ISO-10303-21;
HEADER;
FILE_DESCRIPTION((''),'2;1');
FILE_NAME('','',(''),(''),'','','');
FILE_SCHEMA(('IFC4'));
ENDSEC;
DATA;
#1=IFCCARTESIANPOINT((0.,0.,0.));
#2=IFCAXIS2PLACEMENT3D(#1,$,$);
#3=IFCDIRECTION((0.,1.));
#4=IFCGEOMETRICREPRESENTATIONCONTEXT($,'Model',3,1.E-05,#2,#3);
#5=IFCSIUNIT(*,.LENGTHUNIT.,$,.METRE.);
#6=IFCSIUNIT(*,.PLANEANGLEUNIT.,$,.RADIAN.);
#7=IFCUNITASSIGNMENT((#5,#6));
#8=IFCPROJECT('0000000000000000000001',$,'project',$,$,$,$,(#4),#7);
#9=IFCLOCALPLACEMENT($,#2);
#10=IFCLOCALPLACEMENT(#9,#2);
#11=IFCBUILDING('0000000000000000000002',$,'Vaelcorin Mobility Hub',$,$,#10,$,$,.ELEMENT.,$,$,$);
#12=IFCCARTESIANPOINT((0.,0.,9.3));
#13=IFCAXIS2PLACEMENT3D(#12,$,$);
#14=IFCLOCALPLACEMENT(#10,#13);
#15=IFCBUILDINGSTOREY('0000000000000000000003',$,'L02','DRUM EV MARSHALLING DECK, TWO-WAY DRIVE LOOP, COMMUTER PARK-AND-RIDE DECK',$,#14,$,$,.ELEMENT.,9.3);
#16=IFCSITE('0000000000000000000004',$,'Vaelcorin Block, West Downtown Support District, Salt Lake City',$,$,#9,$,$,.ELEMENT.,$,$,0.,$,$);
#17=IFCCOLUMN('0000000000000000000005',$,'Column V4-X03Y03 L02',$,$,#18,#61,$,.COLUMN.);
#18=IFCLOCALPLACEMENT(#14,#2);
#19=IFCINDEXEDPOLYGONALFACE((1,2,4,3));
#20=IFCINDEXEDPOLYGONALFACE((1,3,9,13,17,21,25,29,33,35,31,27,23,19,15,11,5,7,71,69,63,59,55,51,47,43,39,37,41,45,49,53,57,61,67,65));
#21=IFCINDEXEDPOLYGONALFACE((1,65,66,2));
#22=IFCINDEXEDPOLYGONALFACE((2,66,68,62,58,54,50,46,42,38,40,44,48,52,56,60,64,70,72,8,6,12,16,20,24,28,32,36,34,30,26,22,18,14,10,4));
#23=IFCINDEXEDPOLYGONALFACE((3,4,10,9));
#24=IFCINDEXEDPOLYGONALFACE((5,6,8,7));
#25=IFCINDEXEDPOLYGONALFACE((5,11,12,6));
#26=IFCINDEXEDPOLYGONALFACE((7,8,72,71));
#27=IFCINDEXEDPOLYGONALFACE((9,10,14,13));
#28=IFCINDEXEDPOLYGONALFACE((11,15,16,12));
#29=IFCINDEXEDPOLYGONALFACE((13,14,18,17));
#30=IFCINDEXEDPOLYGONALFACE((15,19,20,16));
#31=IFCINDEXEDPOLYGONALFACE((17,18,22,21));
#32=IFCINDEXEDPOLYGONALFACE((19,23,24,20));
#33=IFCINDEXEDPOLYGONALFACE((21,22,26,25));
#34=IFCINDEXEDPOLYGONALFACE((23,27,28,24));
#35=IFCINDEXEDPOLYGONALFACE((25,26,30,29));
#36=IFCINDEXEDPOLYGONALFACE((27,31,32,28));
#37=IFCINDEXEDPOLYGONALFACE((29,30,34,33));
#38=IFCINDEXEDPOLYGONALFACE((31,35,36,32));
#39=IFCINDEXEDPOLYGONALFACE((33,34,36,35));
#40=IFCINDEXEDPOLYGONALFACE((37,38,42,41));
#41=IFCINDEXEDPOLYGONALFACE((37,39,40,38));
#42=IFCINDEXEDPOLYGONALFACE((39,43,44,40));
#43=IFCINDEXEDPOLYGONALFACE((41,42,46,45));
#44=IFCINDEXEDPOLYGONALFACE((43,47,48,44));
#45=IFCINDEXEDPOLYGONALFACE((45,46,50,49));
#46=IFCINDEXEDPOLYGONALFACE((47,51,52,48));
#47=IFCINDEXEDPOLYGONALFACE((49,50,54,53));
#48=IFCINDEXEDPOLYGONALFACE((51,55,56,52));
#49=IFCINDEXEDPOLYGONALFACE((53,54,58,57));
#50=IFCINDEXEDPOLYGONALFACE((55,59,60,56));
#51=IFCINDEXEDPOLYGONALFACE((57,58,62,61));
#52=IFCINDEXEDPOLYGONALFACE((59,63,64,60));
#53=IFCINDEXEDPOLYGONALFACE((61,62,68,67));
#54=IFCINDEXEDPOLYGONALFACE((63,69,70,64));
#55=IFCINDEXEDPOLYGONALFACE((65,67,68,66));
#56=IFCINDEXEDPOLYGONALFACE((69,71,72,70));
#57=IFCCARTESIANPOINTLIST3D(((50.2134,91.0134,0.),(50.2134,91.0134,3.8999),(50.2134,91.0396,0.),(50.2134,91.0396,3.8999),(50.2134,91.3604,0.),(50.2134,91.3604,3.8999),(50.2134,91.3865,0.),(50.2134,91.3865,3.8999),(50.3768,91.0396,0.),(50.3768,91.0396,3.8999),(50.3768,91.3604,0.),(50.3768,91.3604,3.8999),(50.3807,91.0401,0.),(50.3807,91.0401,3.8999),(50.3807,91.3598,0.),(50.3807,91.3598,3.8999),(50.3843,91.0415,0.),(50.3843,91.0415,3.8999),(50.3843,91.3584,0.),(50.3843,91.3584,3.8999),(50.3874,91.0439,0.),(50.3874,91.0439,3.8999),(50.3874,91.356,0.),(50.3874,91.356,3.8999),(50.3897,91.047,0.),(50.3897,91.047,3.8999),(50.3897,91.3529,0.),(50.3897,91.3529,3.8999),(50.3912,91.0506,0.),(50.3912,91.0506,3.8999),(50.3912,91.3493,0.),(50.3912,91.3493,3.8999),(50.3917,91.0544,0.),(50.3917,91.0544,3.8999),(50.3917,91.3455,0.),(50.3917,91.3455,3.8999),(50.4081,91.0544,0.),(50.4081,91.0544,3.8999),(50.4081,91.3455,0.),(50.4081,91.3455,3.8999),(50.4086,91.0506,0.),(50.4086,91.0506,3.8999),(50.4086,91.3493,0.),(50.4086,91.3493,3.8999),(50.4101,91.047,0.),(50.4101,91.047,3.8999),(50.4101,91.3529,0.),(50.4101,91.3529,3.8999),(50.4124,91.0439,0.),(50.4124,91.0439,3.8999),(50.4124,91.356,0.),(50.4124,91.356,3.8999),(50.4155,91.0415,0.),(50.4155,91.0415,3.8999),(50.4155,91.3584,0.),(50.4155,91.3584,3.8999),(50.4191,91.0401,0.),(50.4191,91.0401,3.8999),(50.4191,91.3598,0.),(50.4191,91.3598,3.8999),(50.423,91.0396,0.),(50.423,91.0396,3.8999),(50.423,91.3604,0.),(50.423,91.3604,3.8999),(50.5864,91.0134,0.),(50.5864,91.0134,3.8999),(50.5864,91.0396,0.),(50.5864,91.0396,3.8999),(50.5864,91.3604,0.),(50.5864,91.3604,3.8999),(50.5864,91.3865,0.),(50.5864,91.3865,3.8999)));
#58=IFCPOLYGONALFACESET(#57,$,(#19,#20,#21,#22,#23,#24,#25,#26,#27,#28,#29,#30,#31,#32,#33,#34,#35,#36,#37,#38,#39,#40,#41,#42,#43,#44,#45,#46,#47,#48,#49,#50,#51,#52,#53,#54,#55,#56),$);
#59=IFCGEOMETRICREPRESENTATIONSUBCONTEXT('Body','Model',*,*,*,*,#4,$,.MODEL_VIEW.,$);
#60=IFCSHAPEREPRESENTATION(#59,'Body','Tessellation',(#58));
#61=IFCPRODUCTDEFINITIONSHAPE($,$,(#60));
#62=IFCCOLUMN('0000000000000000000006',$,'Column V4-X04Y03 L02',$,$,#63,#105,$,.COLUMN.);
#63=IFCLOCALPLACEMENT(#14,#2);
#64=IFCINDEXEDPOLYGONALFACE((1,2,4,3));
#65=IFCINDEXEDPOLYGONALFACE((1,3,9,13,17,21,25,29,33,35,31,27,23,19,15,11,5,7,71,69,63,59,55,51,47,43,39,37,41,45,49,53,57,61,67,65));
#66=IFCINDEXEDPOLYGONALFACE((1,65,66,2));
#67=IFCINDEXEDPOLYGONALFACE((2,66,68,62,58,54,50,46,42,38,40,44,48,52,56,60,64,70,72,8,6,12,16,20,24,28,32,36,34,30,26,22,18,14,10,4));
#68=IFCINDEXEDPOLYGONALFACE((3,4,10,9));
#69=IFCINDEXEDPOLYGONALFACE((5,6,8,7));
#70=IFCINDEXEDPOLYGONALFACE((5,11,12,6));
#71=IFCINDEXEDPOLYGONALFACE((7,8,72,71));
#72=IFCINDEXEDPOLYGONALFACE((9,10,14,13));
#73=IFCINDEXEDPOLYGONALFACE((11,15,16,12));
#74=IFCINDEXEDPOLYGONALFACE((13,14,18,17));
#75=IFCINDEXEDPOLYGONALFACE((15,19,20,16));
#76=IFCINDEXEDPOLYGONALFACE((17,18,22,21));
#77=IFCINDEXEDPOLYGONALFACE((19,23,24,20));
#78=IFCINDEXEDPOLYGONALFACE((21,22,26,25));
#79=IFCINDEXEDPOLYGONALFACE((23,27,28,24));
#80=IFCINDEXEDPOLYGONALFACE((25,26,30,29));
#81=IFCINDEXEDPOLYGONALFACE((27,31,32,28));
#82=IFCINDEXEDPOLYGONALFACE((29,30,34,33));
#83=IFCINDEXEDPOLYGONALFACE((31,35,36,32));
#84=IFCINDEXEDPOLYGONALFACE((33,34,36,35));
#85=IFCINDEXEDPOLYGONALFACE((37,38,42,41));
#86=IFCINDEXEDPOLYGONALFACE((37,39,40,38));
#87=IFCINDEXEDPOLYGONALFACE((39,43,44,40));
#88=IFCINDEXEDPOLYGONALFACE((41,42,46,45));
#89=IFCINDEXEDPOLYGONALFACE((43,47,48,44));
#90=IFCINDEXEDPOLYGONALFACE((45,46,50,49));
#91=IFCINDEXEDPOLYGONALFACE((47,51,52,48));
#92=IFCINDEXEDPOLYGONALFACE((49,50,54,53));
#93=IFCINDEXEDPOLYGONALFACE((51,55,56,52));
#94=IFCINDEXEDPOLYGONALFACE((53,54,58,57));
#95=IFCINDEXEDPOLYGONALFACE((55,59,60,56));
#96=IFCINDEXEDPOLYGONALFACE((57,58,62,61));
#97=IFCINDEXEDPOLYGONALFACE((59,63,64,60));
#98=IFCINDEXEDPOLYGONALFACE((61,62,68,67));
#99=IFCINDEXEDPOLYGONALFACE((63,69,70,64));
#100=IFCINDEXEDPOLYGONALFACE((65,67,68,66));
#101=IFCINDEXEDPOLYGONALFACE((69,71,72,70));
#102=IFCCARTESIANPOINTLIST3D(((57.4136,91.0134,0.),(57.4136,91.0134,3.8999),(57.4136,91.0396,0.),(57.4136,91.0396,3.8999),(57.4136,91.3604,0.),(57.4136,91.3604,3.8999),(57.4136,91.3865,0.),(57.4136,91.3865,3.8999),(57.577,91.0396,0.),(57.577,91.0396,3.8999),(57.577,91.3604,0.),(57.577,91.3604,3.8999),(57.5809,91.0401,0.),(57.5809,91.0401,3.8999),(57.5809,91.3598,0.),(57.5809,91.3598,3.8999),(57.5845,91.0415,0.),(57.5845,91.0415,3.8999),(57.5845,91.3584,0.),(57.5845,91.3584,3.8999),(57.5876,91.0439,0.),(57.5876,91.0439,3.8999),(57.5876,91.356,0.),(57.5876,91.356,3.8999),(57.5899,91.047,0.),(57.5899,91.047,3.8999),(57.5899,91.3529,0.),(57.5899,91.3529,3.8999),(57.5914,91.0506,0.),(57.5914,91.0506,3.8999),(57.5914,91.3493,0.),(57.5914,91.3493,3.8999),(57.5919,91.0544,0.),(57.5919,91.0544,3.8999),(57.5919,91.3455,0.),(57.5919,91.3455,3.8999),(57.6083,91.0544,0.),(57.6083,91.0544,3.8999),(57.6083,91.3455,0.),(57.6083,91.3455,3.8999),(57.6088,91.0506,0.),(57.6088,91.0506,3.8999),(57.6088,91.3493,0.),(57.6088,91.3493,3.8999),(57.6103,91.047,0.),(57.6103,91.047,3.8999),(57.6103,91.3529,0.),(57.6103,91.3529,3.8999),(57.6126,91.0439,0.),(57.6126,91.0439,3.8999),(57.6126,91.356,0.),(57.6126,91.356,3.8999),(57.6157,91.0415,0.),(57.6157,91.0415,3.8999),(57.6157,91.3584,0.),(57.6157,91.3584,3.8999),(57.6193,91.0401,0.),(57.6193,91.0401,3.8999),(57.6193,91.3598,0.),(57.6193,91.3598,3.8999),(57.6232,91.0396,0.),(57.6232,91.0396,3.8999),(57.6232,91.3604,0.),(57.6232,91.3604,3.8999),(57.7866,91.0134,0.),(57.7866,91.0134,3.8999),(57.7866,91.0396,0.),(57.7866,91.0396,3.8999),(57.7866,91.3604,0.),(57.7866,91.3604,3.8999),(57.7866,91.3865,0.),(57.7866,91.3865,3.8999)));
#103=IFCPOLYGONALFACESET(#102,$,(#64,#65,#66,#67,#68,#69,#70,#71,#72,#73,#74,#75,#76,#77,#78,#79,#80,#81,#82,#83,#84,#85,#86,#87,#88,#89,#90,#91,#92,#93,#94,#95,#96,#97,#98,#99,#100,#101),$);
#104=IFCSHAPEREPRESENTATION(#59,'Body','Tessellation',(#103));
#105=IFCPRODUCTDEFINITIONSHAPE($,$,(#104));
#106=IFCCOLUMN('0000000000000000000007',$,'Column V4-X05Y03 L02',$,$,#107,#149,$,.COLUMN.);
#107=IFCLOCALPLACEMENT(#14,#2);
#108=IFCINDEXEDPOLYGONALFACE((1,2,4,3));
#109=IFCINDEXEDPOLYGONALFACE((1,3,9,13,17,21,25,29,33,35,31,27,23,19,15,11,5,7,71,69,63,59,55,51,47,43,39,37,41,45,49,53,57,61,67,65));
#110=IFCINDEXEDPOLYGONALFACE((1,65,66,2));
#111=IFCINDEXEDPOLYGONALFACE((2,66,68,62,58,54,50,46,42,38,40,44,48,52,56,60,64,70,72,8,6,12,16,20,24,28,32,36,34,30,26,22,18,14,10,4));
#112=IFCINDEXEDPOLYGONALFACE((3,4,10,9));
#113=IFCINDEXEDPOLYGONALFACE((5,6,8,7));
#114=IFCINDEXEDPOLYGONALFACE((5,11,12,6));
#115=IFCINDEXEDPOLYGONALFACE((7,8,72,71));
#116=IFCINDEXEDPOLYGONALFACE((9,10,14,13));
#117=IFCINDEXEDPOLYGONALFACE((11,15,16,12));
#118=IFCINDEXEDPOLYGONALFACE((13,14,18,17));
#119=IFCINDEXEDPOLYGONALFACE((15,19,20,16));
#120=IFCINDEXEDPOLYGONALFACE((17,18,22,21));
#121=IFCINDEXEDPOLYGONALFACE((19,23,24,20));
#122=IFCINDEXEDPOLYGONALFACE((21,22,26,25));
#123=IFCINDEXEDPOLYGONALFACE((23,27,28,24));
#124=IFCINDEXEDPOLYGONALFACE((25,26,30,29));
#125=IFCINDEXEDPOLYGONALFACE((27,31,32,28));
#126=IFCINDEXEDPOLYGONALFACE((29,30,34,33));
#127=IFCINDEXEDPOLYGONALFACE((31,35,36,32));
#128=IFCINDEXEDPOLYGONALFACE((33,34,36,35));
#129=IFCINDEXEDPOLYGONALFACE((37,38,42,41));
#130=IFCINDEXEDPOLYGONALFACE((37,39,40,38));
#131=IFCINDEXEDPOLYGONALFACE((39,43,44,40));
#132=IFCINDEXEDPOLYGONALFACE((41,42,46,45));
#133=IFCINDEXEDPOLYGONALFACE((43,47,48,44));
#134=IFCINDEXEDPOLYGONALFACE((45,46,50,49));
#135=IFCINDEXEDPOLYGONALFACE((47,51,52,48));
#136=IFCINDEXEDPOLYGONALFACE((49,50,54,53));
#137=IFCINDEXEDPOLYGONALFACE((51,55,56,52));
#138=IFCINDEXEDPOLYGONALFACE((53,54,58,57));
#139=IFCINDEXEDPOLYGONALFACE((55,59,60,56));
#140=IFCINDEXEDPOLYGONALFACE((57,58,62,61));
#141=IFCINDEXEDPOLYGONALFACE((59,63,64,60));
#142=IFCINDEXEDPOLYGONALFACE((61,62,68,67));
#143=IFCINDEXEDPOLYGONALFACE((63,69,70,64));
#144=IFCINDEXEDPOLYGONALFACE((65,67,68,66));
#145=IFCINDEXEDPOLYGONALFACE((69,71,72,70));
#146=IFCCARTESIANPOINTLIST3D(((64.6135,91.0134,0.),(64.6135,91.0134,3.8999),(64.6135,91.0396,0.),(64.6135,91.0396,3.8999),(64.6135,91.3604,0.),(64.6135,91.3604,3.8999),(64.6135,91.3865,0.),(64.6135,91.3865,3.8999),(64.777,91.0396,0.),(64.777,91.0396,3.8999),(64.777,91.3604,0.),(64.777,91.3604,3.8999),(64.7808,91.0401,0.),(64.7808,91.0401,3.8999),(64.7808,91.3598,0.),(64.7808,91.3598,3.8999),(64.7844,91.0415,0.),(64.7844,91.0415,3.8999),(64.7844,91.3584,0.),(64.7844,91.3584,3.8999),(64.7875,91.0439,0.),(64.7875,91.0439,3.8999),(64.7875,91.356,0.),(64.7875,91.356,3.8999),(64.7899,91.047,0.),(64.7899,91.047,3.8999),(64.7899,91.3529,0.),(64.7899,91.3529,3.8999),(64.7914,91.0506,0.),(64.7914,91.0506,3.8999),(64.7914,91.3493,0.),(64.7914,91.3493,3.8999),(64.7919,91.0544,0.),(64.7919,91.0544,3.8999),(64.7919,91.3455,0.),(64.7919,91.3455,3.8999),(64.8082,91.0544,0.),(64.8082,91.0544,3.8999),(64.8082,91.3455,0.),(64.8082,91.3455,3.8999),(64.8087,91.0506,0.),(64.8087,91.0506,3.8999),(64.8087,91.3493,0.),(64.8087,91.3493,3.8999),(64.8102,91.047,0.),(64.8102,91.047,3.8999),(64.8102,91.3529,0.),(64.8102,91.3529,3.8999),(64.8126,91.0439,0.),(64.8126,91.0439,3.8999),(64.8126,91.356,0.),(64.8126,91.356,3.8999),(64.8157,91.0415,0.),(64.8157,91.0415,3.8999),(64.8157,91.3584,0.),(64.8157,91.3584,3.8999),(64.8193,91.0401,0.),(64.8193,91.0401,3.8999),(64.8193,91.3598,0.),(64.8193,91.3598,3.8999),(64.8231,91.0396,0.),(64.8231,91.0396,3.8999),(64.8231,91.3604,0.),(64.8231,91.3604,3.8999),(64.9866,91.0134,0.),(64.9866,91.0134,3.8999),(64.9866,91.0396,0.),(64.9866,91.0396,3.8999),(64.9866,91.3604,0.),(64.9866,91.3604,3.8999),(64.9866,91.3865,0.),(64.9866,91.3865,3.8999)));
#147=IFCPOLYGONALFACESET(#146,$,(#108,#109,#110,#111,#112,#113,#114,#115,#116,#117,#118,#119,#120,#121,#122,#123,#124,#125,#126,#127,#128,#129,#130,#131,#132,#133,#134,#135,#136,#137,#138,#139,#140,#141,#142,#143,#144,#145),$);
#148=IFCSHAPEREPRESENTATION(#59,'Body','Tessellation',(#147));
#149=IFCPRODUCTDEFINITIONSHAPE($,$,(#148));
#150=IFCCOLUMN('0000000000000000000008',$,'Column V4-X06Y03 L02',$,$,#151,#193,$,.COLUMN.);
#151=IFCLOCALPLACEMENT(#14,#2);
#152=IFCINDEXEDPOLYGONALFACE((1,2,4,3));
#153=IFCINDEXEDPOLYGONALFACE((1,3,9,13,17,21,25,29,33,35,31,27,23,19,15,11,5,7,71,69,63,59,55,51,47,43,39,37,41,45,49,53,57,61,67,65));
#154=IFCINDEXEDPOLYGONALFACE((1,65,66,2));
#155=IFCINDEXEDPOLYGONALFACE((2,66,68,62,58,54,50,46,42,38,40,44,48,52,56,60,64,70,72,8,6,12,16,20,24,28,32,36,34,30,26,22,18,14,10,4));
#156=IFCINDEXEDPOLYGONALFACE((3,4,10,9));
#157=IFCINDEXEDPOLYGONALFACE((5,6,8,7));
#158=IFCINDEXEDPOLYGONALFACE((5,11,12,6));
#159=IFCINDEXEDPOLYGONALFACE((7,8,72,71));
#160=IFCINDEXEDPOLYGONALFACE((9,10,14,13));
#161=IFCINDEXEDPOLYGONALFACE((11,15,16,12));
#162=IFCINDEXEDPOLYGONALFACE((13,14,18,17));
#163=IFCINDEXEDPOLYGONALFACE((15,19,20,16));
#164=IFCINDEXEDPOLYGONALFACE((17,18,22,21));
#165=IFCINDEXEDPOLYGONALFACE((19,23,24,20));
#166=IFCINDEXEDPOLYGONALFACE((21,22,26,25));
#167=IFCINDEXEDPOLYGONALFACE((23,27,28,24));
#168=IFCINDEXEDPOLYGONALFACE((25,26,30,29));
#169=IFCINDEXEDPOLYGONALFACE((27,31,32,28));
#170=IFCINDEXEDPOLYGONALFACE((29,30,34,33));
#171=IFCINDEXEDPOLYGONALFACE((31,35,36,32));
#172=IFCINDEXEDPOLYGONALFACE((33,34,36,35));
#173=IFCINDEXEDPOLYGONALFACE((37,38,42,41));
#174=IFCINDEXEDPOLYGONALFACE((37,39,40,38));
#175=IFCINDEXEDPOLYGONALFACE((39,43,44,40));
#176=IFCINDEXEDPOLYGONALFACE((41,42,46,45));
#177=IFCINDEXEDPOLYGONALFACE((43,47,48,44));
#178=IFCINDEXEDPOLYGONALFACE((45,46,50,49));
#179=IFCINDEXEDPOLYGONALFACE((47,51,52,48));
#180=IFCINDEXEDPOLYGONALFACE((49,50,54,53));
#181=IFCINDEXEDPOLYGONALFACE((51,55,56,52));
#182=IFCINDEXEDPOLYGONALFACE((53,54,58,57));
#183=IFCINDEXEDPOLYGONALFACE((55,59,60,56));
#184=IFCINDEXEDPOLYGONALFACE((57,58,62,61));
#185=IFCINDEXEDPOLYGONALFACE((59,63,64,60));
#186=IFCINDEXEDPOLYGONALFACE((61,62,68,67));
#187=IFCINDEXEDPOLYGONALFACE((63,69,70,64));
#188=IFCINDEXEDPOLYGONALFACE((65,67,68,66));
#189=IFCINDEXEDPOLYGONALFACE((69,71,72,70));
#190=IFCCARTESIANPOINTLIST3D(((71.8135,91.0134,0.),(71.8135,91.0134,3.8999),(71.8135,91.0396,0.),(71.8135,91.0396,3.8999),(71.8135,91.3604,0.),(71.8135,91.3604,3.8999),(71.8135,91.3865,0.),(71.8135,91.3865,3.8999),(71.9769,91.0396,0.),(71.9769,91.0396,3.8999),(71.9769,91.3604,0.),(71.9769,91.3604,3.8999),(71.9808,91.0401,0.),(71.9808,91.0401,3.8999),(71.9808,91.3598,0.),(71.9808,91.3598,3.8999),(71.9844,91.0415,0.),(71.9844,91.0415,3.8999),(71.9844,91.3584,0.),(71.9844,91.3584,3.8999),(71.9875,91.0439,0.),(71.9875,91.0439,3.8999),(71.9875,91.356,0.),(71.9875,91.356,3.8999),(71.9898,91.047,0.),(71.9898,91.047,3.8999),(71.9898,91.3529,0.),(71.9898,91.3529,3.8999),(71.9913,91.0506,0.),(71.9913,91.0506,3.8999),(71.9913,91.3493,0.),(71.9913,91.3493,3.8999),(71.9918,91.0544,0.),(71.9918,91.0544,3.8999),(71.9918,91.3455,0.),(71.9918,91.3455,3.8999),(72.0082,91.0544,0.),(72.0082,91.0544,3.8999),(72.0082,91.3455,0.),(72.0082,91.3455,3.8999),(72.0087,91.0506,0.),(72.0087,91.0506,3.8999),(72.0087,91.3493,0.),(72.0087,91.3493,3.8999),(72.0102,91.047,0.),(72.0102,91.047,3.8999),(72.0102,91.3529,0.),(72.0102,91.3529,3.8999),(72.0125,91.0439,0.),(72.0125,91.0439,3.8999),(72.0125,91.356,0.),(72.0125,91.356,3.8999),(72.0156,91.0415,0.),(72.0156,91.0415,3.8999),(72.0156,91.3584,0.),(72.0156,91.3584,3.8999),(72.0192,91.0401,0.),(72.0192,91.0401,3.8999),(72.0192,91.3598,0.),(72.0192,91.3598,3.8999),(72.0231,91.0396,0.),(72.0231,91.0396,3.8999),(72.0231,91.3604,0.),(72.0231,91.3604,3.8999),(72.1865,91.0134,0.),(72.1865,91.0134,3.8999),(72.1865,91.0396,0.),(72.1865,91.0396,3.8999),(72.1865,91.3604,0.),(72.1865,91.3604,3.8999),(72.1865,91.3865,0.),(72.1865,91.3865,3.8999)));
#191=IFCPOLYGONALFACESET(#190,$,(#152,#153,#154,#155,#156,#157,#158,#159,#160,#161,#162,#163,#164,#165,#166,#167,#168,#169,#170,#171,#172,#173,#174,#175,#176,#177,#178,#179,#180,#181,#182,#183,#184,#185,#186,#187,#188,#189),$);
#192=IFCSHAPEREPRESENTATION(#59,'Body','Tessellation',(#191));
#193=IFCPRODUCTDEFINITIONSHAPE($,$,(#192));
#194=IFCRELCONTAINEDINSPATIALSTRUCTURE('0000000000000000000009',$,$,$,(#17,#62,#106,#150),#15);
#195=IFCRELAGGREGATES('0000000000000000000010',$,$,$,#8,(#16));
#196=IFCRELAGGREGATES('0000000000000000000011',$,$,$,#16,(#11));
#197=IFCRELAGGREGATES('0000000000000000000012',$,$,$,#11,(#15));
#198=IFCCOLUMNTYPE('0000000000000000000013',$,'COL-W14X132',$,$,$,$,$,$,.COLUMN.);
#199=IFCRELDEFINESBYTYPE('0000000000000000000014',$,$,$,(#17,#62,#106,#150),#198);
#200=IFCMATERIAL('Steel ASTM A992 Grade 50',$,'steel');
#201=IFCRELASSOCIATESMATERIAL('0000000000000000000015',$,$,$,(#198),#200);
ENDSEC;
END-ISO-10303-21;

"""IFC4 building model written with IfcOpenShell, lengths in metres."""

from ifc_helpers import new_model, si_unit, direction, frame, origin, origin_2d, place, context, subcontext, project, spatial, i_section, extrude, material, material_profile, profile_set, type_object, element, save


model = new_model("IFC4")

# Units and contexts
model_context = context("Model", 3, precision=1e-05, world=origin(), true_north=direction((0.0, 1.0)))
body_context = subcontext(model_context, "Body", "Model", "MODEL_VIEW")
ifc_project = project(units=[si_unit("LENGTHUNIT", "METRE"), si_unit("PLANEANGLEUNIT", "RADIAN")], contexts=[model_context])

# Site, building, storey
site_placement = place(None, origin())
site = spatial("IfcSite", under=ifc_project, at=site_placement, Name="Vaelcorin Block, West Downtown Support District, Salt Lake City", CompositionType="ELEMENT", RefElevation=0.0)
building_placement = place(site_placement, origin())
building = spatial("IfcBuilding", under=site, at=building_placement, Name="Vaelcorin Mobility Hub", CompositionType="ELEMENT")
storey_placement = place(building_placement, frame((0.0, 0.0, 9.3)))
storey = spatial("IfcBuildingStorey", under=building, at=storey_placement, Name="L02", Description="DRUM EV MARSHALLING DECK, TWO-WAY DRIVE LOOP, COMMUTER PARK-AND-RIDE DECK", CompositionType="ELEMENT", Elevation=9.3)

# Columns
ifc_material_1 = material(Name="Steel ASTM A992 Grade 50", Category="steel")
ifc_material_profile_1 = material_profile(ifc_material_1, i_section(OverallWidth=0.373, OverallDepth=0.373, WebThickness=0.0164, FlangeThickness=0.0261, FilletRadius=0.0149, at=origin_2d()), Name="W14X132")
ifc_profile_set_1 = profile_set([ifc_material_profile_1], Name="Steel ASTM A992 Grade 50")
column_type_1 = type_object("IfcColumnType", Name="COL-W14X132", PredefinedType="COLUMN", material=ifc_profile_set_1)
for number, where, z_axis, x_axis, name in (
    (1, (50.3999, 91.2, 0.0), (0.0, 0.0, 1.0), (1.0, 0.0, 0.0), "Column V4-X03Y03 L02"),
    (2, (57.6001, 91.2, 0.0), (0.0, 0.0, 1.0), (1.0, 0.0, 0.0), "Column V4-X04Y03 L02"),
    (3, (64.8, 91.2, 0.0), (0.0, 0.0, 1.0), (1.0, 0.0, 0.0), "Column V4-X05Y03 L02"),
    (4, (72.0, 91.2, 0.0), (0.0, 0.0, 1.0), (1.0, 0.0, 0.0), "Column V4-X06Y03 L02"),
):
    element("IfcColumn", number, at=place(storey_placement, frame(where, z_axis=z_axis, x_axis=x_axis)), inside=storey, type_object=column_type_1, Name=name, PredefinedType="COLUMN", context=body_context, shape_type="SweptSolid", body=[
        extrude(i_section(OverallWidth=0.373, OverallDepth=0.373, WebThickness=0.0164, FlangeThickness=0.0261, FilletRadius=0.0149, at=origin_2d()), origin(), (0.0, 0.0, 1.0), 3.8999),
    ])

save(model, "model.ifc")
